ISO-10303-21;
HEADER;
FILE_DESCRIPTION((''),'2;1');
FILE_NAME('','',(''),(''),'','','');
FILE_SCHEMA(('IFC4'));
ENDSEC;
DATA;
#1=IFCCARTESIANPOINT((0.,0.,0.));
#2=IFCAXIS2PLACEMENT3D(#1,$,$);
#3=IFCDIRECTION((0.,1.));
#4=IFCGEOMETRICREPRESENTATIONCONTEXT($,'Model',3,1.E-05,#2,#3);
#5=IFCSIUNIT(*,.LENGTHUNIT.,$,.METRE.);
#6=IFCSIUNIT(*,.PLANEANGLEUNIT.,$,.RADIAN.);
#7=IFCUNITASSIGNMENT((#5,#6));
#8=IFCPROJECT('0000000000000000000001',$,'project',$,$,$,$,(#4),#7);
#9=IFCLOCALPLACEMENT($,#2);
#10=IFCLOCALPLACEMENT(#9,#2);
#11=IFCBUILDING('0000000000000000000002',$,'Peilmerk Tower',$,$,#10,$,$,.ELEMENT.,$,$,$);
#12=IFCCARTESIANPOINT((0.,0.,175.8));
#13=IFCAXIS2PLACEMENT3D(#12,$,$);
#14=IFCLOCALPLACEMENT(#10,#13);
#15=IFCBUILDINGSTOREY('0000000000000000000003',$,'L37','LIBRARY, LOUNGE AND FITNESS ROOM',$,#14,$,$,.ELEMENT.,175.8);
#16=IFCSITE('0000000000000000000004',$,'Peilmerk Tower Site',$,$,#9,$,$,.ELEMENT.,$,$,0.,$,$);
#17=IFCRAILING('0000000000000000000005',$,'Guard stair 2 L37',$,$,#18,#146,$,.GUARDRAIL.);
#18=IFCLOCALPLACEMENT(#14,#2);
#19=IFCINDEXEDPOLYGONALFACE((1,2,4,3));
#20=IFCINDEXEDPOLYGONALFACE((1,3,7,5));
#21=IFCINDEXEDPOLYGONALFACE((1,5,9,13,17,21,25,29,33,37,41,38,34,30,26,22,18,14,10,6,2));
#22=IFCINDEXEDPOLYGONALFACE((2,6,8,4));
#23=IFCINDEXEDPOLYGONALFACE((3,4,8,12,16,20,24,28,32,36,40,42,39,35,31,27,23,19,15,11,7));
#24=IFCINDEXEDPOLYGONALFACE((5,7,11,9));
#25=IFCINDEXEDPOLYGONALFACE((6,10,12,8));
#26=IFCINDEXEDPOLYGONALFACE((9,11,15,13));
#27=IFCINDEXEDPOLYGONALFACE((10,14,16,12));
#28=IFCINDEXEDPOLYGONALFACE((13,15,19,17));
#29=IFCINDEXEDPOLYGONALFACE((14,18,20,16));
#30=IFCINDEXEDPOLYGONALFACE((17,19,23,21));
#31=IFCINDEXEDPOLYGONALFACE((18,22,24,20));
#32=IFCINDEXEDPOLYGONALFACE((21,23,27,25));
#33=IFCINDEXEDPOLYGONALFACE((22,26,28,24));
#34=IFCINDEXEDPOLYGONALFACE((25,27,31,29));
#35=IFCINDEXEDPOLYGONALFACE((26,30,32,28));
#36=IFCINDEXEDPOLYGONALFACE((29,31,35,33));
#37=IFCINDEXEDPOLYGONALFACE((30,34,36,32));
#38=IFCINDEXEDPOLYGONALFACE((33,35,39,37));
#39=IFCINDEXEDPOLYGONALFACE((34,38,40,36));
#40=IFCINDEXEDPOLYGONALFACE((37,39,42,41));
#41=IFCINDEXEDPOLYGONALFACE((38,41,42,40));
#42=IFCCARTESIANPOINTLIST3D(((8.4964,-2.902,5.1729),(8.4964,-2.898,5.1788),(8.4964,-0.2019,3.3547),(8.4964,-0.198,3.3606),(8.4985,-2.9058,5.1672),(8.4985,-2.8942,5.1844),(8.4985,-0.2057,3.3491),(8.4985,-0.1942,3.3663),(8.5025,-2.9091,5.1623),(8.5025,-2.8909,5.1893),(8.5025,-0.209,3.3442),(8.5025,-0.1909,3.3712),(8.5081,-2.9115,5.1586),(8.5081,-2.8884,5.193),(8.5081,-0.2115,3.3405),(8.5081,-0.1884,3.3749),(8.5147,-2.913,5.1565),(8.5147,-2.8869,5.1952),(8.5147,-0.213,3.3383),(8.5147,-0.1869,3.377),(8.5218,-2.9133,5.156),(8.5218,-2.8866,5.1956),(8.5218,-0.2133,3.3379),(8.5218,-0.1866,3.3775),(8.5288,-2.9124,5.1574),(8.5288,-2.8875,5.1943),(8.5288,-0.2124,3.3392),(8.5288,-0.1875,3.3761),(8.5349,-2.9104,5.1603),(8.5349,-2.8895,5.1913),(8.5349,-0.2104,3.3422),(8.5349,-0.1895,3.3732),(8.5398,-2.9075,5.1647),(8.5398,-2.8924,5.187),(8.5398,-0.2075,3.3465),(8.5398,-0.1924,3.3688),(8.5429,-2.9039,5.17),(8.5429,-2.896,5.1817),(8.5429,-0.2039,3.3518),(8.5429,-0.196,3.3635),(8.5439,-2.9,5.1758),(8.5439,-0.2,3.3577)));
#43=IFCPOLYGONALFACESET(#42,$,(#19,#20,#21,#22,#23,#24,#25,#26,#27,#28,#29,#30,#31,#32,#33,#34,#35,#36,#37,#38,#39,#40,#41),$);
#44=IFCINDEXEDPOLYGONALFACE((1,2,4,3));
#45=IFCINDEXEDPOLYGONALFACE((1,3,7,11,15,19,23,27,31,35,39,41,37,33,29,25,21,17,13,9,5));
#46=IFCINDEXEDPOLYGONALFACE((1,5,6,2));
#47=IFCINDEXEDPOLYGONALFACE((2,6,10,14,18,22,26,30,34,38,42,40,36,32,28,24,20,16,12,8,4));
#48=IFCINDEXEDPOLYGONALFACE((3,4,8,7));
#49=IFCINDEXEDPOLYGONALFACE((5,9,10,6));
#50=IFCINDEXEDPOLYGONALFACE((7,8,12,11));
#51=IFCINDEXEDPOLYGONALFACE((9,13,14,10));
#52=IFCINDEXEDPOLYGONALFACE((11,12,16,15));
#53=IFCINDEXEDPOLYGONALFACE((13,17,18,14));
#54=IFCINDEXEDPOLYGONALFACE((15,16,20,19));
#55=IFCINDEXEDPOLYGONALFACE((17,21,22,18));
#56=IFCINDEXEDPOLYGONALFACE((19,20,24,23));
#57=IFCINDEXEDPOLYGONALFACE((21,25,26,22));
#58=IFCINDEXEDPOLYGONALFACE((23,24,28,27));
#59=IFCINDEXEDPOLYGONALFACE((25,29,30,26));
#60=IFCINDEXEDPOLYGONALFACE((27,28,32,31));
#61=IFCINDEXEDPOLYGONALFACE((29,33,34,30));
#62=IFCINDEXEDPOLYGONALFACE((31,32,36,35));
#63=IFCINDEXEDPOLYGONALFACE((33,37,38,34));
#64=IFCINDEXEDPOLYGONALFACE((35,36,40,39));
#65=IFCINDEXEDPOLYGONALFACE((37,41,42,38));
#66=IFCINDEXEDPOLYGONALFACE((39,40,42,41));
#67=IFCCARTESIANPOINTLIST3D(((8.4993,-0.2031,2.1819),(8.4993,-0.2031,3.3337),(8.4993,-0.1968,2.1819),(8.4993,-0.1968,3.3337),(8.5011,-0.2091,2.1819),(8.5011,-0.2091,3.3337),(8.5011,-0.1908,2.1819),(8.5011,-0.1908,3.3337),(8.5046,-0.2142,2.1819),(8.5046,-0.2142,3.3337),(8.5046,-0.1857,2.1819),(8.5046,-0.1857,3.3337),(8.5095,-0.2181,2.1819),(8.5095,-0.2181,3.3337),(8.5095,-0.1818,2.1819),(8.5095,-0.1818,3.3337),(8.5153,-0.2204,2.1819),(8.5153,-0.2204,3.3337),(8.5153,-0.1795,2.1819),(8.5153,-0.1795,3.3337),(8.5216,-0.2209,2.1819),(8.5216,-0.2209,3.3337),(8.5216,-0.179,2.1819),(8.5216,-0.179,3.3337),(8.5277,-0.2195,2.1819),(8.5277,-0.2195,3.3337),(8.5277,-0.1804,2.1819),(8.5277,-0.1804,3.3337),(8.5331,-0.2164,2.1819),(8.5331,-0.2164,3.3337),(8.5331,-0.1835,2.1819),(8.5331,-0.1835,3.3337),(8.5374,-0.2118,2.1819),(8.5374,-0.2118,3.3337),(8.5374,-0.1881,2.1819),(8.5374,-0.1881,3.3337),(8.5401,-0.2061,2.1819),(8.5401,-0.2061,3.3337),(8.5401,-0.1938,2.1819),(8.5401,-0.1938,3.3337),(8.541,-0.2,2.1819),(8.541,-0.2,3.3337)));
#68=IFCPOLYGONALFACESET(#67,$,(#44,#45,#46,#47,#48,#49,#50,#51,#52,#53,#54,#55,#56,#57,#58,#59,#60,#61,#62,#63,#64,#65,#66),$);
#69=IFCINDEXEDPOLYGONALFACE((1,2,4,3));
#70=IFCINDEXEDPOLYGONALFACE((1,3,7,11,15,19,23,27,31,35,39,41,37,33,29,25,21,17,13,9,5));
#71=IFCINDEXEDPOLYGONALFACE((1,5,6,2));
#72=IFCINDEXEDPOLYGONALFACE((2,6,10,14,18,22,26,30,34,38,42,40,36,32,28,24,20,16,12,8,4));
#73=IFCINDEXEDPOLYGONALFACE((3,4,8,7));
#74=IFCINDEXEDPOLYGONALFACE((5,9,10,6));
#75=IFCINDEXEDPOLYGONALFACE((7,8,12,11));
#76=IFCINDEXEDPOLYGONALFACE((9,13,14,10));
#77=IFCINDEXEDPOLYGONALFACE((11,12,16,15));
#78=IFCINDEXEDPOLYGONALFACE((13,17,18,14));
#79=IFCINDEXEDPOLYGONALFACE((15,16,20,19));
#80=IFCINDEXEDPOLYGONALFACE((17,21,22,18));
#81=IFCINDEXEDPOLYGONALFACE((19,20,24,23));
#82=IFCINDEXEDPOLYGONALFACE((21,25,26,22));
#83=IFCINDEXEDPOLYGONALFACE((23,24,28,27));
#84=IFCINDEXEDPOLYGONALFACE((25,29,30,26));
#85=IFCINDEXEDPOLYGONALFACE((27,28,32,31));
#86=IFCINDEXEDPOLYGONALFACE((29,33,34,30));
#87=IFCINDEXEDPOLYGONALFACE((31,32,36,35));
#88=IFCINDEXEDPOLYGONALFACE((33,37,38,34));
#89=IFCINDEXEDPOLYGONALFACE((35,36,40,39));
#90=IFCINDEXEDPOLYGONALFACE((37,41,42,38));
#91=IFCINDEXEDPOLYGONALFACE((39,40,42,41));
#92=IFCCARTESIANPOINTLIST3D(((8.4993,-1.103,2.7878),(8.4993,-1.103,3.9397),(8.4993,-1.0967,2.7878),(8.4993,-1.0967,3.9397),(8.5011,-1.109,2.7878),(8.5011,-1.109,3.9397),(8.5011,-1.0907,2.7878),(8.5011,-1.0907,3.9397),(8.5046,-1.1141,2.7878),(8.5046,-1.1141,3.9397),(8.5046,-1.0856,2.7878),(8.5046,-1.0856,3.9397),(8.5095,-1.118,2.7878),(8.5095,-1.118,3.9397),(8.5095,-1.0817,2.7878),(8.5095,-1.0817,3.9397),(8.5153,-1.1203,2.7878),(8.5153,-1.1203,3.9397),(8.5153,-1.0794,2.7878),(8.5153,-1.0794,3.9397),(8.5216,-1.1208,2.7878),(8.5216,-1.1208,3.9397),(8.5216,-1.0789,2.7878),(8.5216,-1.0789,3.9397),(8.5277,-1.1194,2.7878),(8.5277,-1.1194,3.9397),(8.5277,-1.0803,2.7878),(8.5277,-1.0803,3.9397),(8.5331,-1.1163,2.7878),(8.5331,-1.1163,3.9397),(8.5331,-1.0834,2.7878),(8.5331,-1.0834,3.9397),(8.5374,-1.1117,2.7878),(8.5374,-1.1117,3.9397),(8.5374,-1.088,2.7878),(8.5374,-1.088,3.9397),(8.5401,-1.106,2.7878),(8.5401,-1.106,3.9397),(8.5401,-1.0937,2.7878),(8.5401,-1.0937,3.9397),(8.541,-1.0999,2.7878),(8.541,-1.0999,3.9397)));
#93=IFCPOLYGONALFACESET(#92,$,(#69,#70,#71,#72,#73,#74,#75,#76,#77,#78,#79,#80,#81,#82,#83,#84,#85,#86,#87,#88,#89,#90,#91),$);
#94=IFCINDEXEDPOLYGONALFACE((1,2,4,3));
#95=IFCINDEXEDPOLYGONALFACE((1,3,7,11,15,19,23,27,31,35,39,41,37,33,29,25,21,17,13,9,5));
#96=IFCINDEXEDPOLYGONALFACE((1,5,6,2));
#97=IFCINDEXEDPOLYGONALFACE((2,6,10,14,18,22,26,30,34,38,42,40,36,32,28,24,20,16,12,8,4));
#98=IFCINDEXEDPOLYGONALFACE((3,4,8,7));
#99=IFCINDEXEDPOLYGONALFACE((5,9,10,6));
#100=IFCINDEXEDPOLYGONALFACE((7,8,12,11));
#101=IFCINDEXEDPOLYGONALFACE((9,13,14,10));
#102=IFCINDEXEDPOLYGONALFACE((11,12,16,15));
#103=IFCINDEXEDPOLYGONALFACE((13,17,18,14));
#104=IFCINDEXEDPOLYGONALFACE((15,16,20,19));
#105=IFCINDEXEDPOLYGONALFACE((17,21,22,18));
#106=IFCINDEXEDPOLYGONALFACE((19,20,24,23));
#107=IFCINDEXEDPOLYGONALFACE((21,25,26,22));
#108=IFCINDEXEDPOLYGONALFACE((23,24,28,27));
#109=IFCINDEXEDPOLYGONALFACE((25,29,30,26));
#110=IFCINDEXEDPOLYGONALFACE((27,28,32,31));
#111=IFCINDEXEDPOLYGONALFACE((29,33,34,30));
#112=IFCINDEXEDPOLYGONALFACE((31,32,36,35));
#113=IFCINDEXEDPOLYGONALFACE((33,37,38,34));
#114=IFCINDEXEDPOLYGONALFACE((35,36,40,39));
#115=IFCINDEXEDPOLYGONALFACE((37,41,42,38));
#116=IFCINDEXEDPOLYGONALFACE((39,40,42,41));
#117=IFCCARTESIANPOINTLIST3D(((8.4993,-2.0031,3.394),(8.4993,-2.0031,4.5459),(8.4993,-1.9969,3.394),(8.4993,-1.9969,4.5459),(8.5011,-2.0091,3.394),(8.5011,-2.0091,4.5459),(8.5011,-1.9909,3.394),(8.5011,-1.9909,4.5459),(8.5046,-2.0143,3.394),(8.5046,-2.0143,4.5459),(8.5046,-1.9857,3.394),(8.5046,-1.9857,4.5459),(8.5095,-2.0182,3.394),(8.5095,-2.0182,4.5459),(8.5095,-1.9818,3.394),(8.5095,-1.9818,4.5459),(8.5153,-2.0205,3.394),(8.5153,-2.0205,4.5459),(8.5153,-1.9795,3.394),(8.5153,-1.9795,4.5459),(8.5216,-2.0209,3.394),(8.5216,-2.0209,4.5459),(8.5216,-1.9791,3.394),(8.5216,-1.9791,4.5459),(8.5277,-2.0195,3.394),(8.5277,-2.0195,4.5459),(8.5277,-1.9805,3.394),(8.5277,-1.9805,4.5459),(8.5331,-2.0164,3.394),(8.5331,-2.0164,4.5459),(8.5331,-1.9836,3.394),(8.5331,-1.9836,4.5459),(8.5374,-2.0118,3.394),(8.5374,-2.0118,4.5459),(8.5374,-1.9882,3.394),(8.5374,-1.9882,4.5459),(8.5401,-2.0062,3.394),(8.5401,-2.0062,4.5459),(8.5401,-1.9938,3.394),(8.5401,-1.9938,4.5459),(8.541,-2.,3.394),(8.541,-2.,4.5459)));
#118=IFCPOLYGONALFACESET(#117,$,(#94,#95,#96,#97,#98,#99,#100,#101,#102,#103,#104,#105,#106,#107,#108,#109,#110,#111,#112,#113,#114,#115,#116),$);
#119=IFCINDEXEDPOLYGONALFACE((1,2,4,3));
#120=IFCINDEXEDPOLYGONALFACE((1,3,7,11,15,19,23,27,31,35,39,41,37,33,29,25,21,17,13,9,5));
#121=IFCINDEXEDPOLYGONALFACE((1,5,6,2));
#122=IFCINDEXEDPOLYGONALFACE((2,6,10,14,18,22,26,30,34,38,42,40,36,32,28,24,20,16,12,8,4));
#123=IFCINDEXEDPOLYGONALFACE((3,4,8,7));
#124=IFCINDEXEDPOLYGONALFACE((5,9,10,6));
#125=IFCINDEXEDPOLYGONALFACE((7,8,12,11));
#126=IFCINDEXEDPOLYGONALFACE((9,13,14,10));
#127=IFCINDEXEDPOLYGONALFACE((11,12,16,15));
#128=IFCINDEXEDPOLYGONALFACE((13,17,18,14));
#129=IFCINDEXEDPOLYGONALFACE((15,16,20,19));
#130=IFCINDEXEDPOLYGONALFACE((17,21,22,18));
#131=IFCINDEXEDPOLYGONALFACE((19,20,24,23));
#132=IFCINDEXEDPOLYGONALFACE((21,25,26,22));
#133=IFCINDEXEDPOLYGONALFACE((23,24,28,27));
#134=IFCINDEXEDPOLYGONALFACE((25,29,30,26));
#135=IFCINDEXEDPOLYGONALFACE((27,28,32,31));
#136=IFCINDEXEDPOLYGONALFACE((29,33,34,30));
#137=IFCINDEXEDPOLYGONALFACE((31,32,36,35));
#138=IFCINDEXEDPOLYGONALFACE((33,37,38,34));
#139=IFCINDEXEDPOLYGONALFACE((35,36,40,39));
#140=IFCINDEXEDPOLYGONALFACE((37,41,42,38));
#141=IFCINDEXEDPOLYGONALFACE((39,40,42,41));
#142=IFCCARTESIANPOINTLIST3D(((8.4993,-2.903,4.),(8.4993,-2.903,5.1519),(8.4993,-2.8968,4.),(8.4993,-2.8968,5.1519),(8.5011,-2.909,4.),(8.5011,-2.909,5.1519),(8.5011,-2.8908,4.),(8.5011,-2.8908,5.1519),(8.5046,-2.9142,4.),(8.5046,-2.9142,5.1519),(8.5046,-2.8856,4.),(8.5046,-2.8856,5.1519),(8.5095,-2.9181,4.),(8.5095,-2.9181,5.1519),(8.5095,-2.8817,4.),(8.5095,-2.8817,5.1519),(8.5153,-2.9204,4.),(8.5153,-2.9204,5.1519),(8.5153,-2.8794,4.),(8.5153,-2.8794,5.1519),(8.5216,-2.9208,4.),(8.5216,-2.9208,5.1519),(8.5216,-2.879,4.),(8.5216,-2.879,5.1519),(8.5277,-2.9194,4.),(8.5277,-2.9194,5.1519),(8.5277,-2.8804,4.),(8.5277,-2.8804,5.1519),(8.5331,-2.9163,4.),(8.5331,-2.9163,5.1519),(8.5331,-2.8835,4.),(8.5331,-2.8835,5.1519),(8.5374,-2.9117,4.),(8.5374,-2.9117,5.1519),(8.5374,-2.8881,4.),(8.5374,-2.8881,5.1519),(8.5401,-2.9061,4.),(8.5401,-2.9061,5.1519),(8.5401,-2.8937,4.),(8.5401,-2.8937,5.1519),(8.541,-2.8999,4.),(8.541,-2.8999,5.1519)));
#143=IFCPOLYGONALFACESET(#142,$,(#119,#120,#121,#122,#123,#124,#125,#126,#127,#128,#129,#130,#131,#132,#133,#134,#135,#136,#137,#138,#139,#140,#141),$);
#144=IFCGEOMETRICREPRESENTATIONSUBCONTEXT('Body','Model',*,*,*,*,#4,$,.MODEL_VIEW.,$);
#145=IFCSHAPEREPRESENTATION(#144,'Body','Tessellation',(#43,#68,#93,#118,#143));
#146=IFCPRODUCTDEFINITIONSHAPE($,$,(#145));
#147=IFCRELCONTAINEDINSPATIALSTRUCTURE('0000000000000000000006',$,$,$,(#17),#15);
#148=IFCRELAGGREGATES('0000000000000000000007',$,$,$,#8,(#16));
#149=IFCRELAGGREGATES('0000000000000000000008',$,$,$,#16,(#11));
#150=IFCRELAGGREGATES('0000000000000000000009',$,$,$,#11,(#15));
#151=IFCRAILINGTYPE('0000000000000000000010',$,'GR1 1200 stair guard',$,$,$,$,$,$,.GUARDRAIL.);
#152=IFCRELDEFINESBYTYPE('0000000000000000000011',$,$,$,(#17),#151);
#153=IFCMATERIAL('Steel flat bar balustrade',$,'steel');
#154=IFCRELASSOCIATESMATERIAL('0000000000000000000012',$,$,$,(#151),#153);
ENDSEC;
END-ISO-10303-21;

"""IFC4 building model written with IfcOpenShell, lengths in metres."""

from ifc_helpers import new_model, si_unit, direction, frame, origin, origin_2d, place, context, subcontext, project, spatial, circle, extrude, material, type_object, element, save


model = new_model("IFC4")

# Units and contexts
model_context = context("Model", 3, precision=1e-05, world=origin(), true_north=direction((0.0, 1.0)))
body_context = subcontext(model_context, "Body", "Model", "MODEL_VIEW")
ifc_project = project(units=[si_unit("LENGTHUNIT", "METRE"), si_unit("PLANEANGLEUNIT", "RADIAN")], contexts=[model_context])

# Site, building, storey
site_placement = place(None, origin())
site = spatial("IfcSite", under=ifc_project, at=site_placement, Name="Peilmerk Tower Site", CompositionType="ELEMENT", RefElevation=0.0)
building_placement = place(site_placement, origin())
building = spatial("IfcBuilding", under=site, at=building_placement, Name="Peilmerk Tower", CompositionType="ELEMENT")
storey_placement = place(building_placement, frame((0.0, 0.0, 175.8)))
storey = spatial("IfcBuildingStorey", under=building, at=storey_placement, Name="L37", Description="LIBRARY, LOUNGE AND FITNESS ROOM", CompositionType="ELEMENT", Elevation=175.8)

# Railing
ifc_material_1 = material(Name="Steel flat bar balustrade", Category="steel")
railing_type_1 = type_object("IfcRailingType", Name="GR1 1200 stair guard", PredefinedType="GUARDRAIL", material=ifc_material_1)
railing_1_placement = place(storey_placement, frame((8.52, -0.2, 2.1819)))
element("IfcRailing", 1, at=railing_1_placement, inside=storey, type_object=railing_type_1, Name="Guard stair 2 L37", PredefinedType="GUARDRAIL", context=body_context, shape_type="SweptSolid", body=[
    extrude(circle(Radius=0.0239, at=origin_2d()), frame((0.0, 0.0, 1.1758), z_axis=(0.0, -0.829468, 0.558554), x_axis=(1.0, 0.0, 0.0)), (0.0, 0.0, 1.0), 3.2551),
    extrude(circle(Radius=0.021, at=origin_2d()), origin(), (0.0, 0.0, 1.0), 1.1519),
    extrude(circle(Radius=0.021, at=origin_2d()), frame((0.0, -0.8999, 0.606)), (0.0, 0.0, 1.0), 1.1519),
    extrude(circle(Radius=0.021, at=origin_2d()), frame((0.0, -1.8, 1.2122)), (0.0, 0.0, 1.0), 1.1519),
    extrude(circle(Radius=0.021, at=origin_2d()), frame((0.0, -2.7, 1.8181)), (0.0, 0.0, 1.0), 1.1519),
])

save(model, "model.ifc")
